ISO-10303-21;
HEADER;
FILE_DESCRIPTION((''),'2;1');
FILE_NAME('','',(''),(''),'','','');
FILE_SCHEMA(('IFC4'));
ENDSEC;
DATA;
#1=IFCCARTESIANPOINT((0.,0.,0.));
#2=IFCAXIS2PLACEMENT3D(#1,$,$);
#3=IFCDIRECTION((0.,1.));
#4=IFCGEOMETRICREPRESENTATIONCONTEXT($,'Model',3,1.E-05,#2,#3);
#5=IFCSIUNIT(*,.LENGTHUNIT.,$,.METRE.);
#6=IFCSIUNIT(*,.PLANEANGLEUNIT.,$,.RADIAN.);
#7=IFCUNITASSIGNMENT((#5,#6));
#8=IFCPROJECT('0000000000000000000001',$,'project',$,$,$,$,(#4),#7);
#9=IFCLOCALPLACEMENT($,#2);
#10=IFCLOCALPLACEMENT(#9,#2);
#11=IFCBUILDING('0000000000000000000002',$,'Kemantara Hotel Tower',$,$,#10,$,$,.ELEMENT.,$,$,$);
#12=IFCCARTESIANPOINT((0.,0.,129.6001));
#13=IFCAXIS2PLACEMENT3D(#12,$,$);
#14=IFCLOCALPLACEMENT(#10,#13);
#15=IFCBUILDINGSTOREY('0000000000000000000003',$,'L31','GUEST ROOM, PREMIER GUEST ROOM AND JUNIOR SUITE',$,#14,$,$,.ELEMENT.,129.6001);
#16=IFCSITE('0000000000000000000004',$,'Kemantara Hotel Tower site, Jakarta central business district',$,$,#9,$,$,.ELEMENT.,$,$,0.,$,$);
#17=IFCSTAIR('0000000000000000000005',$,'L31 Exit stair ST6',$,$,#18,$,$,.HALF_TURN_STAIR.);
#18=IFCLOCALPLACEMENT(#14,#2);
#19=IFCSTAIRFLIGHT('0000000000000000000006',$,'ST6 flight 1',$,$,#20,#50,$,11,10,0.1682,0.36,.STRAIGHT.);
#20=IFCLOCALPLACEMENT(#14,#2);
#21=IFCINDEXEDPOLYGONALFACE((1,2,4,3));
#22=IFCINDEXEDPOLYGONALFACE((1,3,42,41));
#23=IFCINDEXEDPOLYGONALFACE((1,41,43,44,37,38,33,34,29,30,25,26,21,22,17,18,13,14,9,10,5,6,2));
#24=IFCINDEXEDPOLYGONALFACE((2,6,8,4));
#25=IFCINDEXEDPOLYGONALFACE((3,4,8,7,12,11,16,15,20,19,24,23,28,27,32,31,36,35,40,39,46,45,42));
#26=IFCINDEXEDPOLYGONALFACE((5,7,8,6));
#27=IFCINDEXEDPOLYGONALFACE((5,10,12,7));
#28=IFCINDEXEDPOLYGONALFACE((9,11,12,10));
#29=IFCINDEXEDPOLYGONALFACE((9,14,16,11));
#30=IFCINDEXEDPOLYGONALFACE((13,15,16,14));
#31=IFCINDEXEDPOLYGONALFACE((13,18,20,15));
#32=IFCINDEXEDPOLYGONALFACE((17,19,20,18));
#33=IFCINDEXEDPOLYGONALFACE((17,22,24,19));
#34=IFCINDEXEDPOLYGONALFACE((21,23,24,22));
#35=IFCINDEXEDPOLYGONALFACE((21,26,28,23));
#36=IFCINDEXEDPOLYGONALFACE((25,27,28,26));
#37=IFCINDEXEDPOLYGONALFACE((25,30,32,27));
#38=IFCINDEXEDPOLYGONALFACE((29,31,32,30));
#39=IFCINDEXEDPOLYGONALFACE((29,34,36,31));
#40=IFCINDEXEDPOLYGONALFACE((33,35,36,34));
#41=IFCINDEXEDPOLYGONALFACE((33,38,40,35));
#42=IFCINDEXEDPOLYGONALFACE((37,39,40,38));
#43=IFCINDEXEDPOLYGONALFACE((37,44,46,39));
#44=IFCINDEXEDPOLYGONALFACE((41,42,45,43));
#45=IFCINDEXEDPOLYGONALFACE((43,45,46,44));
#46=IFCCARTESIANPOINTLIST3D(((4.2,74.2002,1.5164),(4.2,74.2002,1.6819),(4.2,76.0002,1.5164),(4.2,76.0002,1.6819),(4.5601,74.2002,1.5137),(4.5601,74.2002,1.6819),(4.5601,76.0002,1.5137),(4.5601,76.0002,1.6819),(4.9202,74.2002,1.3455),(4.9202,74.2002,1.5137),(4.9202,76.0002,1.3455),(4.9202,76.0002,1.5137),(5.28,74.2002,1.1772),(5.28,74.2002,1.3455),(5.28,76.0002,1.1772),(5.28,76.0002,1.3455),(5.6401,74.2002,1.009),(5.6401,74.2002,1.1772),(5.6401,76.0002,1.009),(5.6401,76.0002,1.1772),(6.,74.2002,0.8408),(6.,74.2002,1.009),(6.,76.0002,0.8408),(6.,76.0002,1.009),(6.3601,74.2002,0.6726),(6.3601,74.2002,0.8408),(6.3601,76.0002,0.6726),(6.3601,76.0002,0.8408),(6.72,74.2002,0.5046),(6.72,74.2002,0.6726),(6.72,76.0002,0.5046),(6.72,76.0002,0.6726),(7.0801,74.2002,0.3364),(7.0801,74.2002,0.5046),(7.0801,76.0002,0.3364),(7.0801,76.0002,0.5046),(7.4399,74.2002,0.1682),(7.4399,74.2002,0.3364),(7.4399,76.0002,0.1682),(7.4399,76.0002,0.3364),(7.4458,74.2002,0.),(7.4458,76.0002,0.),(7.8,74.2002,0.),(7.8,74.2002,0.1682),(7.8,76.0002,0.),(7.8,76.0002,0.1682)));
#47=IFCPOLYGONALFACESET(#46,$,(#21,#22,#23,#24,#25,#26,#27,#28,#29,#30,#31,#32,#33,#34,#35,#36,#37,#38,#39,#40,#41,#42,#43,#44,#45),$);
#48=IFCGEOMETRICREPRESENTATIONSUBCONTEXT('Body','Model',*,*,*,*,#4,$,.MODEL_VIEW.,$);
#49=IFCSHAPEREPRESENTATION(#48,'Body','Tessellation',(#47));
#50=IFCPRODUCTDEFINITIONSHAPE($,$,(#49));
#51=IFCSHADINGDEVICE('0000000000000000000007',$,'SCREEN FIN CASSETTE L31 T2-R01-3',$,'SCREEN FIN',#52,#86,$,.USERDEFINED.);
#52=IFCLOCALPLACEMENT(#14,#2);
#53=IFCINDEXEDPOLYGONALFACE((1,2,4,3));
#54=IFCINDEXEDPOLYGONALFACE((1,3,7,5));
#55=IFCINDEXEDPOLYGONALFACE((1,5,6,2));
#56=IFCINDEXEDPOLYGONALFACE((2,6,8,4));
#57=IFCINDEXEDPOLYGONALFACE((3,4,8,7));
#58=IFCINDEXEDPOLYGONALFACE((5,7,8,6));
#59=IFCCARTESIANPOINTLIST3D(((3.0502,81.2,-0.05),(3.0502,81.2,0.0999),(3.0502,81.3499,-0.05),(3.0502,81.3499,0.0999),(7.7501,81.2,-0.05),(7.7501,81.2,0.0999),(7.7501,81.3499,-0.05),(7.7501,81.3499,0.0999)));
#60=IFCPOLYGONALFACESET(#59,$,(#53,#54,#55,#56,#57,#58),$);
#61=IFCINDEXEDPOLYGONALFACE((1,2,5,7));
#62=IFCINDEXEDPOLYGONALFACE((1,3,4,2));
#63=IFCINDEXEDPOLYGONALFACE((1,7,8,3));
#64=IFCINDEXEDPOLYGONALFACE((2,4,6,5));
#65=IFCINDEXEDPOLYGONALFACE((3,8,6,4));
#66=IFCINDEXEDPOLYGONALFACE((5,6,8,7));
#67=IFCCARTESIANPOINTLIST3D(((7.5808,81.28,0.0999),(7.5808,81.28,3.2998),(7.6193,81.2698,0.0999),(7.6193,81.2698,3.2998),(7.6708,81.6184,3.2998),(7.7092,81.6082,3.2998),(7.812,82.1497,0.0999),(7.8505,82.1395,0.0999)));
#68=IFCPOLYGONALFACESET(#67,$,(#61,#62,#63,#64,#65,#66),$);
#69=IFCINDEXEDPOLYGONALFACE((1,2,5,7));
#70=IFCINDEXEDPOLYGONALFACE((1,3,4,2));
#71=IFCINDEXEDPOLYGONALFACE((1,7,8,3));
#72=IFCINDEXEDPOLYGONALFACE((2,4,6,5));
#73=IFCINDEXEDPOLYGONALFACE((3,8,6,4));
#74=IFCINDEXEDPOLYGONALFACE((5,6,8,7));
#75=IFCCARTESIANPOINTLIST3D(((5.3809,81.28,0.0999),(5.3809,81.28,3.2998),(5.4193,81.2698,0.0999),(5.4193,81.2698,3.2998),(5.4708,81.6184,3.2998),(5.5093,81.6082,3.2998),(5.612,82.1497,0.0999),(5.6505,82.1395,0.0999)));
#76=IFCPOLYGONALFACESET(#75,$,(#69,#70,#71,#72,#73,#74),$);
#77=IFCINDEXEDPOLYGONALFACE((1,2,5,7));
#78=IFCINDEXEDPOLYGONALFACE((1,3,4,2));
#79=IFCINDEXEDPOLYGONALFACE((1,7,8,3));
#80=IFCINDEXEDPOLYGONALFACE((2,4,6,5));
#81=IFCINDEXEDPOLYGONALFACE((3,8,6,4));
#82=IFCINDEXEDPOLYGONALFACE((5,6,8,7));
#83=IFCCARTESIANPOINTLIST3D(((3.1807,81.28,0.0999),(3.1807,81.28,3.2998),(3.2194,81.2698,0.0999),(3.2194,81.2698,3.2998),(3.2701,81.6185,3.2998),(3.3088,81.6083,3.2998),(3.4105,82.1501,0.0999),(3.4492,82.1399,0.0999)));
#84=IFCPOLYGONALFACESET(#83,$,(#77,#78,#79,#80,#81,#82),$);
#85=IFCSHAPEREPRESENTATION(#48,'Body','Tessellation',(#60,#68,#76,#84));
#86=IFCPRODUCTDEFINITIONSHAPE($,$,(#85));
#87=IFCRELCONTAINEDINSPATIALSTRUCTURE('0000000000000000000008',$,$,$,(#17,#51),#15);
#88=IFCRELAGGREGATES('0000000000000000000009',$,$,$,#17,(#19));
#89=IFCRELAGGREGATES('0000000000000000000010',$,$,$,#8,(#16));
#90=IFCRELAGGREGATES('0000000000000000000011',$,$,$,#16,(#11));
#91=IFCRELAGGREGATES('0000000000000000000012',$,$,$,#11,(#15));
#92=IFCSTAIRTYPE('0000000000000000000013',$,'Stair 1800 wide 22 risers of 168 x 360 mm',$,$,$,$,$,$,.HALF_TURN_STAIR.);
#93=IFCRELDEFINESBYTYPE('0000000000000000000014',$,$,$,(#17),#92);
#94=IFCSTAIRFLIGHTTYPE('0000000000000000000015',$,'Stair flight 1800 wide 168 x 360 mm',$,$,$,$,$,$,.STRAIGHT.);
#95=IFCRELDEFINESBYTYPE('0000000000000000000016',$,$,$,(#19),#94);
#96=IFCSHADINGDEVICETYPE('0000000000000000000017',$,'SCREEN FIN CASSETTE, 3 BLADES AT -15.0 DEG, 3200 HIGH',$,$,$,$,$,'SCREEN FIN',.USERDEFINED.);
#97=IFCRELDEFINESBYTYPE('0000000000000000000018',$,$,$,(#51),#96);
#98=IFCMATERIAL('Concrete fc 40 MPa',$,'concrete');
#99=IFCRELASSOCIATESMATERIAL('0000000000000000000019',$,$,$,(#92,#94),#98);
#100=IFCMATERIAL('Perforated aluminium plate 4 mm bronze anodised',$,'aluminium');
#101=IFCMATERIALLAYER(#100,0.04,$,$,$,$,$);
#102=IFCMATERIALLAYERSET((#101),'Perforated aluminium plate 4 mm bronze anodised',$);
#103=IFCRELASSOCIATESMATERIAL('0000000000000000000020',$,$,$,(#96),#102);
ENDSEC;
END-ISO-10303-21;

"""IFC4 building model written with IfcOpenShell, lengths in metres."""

from ifc_helpers import new_model, si_unit, direction, frame, origin, origin_2d, place, context, subcontext, project, spatial, polyline, rectangle, outline, extrude, source, transform, mapped, material, layer, layer_set, type_object, element, aggregate, save


model = new_model("IFC4")

# Units and contexts
model_context = context("Model", 3, precision=1e-05, world=origin(), true_north=direction((0.0, 1.0)))
body_context = subcontext(model_context, "Body", "Model", "MODEL_VIEW")
ifc_project = project(units=[si_unit("LENGTHUNIT", "METRE"), si_unit("PLANEANGLEUNIT", "RADIAN")], contexts=[model_context])

# Site, building, storey
site_placement = place(None, origin())
site = spatial("IfcSite", under=ifc_project, at=site_placement, Name="Kemantara Hotel Tower site, Jakarta central business district", CompositionType="ELEMENT", RefElevation=0.0)
building_placement = place(site_placement, origin())
building = spatial("IfcBuilding", under=site, at=building_placement, Name="Kemantara Hotel Tower", CompositionType="ELEMENT")
storey_placement = place(building_placement, frame((0.0, 0.0, 129.6001)))
storey = spatial("IfcBuildingStorey", under=building, at=storey_placement, Name="L31", Description="GUEST ROOM, PREMIER GUEST ROOM AND JUNIOR SUITE", CompositionType="ELEMENT", Elevation=129.6001)

# Stair, stair flight
ifc_material_1 = material(Name="Concrete fc 40 MPa", Category="concrete")
stair_type = type_object("IfcStairType", Name="Stair 1800 wide 22 risers of 168 x 360 mm", PredefinedType="HALF_TURN_STAIR", material=ifc_material_1)
stair_placement = place(storey_placement, origin())
stair = element("IfcStair", 1, at=stair_placement, inside=storey, type_object=stair_type, Name="L31 Exit stair ST6", PredefinedType="HALF_TURN_STAIR")
stair_flight_type = type_object("IfcStairFlightType", Name="Stair flight 1800 wide 168 x 360 mm", PredefinedType="STRAIGHT", material=ifc_material_1)
stair_flight_placement = place(storey_placement, frame((7.8, 75.1001, 0.0), z_axis=(0.0, 0.0, 1.0), x_axis=(-1.0, 0.0, 0.0)))
stair_flight = element("IfcStairFlight", 2, at=stair_flight_placement, type_object=stair_flight_type, Name="ST6 flight 1", NumberOfRisers=11, NumberOfTreads=10, PredefinedType="STRAIGHT", RiserHeight=0.1682, TreadLength=0.36, context=body_context, shape_type="SweptSolid", body=[
    extrude(outline(polyline([(0.0, 0.0), (0.0, 0.1682), (0.3601, 0.1682), (0.3601, 0.3364), (0.72, 0.3364), (0.72, 0.5046), (1.0801, 0.5046), (1.0801, 0.6726), (1.4399, 0.6726), (1.4399, 0.8408), (1.8, 0.8408), (1.8, 1.009), (2.1599, 1.009), (2.1599, 1.1772), (2.52, 1.1772), (2.52, 1.3455), (2.8799, 1.3455), (2.8799, 1.5137), (3.24, 1.5137), (3.24, 1.6819), (3.6001, 1.6819), (3.6001, 1.8501), (3.6001, 1.5164), (0.3542, 0.0), (0.0, 0.0)])), frame((0.0, 0.8999, 0.0), z_axis=(0.0, -1.0, 0.0), x_axis=(1.0, 0.0, 0.0)), (0.0, 0.0, 1.0), 1.8),
])
aggregate(stair, [stair_flight])

# Shading device
ifc_material_2 = material(Name="Perforated aluminium plate 4 mm bronze anodised", Category="aluminium")
ifc_layer_1 = layer(ifc_material_2, 0.04)
ifc_layer_set_1 = layer_set([ifc_layer_1], Name="Perforated aluminium plate 4 mm bronze anodised")
shading_device_type = type_object("IfcShadingDeviceType", Name="SCREEN FIN CASSETTE, 3 BLADES AT -15.0 DEG, 3200 HIGH", ElementType="SCREEN FIN", PredefinedType="USERDEFINED", material=ifc_layer_set_1)
shared_shape_1 = source(origin(), body_context, "Body", "SweptSolid", [
    extrude(rectangle(XDim=4.7, YDim=0.1499, at=origin_2d()), frame((2.2, -0.075, -0.1499), z_axis=(0.0, 0.0, 1.0), x_axis=(1.0, 0.0, 0.0)), (0.0, 0.0, 1.0), 0.1499),
    extrude(outline(polyline([(0.0, 0.0), (0.8999, 0.0), (0.3501, 3.2), (0.0, 3.2), (0.0, 0.0)])), frame((0.0193, -0.0801, 0.0), z_axis=(-0.966438, 0.256901, 0.0), x_axis=(-0.256901, -0.966438, 0.0)), (0.0, 0.0, 1.0), 0.0398),
    extrude(outline(polyline([(0.0, 0.0), (0.8999, 0.0), (0.3501, 3.2), (0.0, 3.2), (0.0, 0.0)])), frame((2.2192, -0.0801, 0.0), z_axis=(-0.966438, 0.256901, 0.0), x_axis=(-0.256901, -0.966438, 0.0)), (0.0, 0.0, 1.0), 0.0398),
    extrude(outline(polyline([(0.0, 0.0), (0.8999, 0.0), (0.3501, 3.2), (0.0, 3.2), (0.0, 0.0)])), frame((4.4194, -0.0801, 0.0), z_axis=(-0.966838, 0.255391, 0.0), x_axis=(-0.255391, -0.966838, 0.0)), (0.0, 0.0, 1.0), 0.04),
])
shading_device_placement = place(storey_placement, frame((7.6001, 81.2, 0.0999), z_axis=(0.0, 0.0, 1.0), x_axis=(-1.0, 0.0, 0.0)))
element("IfcShadingDevice", 3, at=shading_device_placement, inside=storey, type_object=shading_device_type, Name="SCREEN FIN CASSETTE L31 T2-R01-3", ObjectType="SCREEN FIN", PredefinedType="USERDEFINED", context=body_context, shape_type="MappedRepresentation", body=[
    mapped(shared_shape_1, transform((0.0, 0.0, 0.0))),
])

save(model, "model.ifc")
